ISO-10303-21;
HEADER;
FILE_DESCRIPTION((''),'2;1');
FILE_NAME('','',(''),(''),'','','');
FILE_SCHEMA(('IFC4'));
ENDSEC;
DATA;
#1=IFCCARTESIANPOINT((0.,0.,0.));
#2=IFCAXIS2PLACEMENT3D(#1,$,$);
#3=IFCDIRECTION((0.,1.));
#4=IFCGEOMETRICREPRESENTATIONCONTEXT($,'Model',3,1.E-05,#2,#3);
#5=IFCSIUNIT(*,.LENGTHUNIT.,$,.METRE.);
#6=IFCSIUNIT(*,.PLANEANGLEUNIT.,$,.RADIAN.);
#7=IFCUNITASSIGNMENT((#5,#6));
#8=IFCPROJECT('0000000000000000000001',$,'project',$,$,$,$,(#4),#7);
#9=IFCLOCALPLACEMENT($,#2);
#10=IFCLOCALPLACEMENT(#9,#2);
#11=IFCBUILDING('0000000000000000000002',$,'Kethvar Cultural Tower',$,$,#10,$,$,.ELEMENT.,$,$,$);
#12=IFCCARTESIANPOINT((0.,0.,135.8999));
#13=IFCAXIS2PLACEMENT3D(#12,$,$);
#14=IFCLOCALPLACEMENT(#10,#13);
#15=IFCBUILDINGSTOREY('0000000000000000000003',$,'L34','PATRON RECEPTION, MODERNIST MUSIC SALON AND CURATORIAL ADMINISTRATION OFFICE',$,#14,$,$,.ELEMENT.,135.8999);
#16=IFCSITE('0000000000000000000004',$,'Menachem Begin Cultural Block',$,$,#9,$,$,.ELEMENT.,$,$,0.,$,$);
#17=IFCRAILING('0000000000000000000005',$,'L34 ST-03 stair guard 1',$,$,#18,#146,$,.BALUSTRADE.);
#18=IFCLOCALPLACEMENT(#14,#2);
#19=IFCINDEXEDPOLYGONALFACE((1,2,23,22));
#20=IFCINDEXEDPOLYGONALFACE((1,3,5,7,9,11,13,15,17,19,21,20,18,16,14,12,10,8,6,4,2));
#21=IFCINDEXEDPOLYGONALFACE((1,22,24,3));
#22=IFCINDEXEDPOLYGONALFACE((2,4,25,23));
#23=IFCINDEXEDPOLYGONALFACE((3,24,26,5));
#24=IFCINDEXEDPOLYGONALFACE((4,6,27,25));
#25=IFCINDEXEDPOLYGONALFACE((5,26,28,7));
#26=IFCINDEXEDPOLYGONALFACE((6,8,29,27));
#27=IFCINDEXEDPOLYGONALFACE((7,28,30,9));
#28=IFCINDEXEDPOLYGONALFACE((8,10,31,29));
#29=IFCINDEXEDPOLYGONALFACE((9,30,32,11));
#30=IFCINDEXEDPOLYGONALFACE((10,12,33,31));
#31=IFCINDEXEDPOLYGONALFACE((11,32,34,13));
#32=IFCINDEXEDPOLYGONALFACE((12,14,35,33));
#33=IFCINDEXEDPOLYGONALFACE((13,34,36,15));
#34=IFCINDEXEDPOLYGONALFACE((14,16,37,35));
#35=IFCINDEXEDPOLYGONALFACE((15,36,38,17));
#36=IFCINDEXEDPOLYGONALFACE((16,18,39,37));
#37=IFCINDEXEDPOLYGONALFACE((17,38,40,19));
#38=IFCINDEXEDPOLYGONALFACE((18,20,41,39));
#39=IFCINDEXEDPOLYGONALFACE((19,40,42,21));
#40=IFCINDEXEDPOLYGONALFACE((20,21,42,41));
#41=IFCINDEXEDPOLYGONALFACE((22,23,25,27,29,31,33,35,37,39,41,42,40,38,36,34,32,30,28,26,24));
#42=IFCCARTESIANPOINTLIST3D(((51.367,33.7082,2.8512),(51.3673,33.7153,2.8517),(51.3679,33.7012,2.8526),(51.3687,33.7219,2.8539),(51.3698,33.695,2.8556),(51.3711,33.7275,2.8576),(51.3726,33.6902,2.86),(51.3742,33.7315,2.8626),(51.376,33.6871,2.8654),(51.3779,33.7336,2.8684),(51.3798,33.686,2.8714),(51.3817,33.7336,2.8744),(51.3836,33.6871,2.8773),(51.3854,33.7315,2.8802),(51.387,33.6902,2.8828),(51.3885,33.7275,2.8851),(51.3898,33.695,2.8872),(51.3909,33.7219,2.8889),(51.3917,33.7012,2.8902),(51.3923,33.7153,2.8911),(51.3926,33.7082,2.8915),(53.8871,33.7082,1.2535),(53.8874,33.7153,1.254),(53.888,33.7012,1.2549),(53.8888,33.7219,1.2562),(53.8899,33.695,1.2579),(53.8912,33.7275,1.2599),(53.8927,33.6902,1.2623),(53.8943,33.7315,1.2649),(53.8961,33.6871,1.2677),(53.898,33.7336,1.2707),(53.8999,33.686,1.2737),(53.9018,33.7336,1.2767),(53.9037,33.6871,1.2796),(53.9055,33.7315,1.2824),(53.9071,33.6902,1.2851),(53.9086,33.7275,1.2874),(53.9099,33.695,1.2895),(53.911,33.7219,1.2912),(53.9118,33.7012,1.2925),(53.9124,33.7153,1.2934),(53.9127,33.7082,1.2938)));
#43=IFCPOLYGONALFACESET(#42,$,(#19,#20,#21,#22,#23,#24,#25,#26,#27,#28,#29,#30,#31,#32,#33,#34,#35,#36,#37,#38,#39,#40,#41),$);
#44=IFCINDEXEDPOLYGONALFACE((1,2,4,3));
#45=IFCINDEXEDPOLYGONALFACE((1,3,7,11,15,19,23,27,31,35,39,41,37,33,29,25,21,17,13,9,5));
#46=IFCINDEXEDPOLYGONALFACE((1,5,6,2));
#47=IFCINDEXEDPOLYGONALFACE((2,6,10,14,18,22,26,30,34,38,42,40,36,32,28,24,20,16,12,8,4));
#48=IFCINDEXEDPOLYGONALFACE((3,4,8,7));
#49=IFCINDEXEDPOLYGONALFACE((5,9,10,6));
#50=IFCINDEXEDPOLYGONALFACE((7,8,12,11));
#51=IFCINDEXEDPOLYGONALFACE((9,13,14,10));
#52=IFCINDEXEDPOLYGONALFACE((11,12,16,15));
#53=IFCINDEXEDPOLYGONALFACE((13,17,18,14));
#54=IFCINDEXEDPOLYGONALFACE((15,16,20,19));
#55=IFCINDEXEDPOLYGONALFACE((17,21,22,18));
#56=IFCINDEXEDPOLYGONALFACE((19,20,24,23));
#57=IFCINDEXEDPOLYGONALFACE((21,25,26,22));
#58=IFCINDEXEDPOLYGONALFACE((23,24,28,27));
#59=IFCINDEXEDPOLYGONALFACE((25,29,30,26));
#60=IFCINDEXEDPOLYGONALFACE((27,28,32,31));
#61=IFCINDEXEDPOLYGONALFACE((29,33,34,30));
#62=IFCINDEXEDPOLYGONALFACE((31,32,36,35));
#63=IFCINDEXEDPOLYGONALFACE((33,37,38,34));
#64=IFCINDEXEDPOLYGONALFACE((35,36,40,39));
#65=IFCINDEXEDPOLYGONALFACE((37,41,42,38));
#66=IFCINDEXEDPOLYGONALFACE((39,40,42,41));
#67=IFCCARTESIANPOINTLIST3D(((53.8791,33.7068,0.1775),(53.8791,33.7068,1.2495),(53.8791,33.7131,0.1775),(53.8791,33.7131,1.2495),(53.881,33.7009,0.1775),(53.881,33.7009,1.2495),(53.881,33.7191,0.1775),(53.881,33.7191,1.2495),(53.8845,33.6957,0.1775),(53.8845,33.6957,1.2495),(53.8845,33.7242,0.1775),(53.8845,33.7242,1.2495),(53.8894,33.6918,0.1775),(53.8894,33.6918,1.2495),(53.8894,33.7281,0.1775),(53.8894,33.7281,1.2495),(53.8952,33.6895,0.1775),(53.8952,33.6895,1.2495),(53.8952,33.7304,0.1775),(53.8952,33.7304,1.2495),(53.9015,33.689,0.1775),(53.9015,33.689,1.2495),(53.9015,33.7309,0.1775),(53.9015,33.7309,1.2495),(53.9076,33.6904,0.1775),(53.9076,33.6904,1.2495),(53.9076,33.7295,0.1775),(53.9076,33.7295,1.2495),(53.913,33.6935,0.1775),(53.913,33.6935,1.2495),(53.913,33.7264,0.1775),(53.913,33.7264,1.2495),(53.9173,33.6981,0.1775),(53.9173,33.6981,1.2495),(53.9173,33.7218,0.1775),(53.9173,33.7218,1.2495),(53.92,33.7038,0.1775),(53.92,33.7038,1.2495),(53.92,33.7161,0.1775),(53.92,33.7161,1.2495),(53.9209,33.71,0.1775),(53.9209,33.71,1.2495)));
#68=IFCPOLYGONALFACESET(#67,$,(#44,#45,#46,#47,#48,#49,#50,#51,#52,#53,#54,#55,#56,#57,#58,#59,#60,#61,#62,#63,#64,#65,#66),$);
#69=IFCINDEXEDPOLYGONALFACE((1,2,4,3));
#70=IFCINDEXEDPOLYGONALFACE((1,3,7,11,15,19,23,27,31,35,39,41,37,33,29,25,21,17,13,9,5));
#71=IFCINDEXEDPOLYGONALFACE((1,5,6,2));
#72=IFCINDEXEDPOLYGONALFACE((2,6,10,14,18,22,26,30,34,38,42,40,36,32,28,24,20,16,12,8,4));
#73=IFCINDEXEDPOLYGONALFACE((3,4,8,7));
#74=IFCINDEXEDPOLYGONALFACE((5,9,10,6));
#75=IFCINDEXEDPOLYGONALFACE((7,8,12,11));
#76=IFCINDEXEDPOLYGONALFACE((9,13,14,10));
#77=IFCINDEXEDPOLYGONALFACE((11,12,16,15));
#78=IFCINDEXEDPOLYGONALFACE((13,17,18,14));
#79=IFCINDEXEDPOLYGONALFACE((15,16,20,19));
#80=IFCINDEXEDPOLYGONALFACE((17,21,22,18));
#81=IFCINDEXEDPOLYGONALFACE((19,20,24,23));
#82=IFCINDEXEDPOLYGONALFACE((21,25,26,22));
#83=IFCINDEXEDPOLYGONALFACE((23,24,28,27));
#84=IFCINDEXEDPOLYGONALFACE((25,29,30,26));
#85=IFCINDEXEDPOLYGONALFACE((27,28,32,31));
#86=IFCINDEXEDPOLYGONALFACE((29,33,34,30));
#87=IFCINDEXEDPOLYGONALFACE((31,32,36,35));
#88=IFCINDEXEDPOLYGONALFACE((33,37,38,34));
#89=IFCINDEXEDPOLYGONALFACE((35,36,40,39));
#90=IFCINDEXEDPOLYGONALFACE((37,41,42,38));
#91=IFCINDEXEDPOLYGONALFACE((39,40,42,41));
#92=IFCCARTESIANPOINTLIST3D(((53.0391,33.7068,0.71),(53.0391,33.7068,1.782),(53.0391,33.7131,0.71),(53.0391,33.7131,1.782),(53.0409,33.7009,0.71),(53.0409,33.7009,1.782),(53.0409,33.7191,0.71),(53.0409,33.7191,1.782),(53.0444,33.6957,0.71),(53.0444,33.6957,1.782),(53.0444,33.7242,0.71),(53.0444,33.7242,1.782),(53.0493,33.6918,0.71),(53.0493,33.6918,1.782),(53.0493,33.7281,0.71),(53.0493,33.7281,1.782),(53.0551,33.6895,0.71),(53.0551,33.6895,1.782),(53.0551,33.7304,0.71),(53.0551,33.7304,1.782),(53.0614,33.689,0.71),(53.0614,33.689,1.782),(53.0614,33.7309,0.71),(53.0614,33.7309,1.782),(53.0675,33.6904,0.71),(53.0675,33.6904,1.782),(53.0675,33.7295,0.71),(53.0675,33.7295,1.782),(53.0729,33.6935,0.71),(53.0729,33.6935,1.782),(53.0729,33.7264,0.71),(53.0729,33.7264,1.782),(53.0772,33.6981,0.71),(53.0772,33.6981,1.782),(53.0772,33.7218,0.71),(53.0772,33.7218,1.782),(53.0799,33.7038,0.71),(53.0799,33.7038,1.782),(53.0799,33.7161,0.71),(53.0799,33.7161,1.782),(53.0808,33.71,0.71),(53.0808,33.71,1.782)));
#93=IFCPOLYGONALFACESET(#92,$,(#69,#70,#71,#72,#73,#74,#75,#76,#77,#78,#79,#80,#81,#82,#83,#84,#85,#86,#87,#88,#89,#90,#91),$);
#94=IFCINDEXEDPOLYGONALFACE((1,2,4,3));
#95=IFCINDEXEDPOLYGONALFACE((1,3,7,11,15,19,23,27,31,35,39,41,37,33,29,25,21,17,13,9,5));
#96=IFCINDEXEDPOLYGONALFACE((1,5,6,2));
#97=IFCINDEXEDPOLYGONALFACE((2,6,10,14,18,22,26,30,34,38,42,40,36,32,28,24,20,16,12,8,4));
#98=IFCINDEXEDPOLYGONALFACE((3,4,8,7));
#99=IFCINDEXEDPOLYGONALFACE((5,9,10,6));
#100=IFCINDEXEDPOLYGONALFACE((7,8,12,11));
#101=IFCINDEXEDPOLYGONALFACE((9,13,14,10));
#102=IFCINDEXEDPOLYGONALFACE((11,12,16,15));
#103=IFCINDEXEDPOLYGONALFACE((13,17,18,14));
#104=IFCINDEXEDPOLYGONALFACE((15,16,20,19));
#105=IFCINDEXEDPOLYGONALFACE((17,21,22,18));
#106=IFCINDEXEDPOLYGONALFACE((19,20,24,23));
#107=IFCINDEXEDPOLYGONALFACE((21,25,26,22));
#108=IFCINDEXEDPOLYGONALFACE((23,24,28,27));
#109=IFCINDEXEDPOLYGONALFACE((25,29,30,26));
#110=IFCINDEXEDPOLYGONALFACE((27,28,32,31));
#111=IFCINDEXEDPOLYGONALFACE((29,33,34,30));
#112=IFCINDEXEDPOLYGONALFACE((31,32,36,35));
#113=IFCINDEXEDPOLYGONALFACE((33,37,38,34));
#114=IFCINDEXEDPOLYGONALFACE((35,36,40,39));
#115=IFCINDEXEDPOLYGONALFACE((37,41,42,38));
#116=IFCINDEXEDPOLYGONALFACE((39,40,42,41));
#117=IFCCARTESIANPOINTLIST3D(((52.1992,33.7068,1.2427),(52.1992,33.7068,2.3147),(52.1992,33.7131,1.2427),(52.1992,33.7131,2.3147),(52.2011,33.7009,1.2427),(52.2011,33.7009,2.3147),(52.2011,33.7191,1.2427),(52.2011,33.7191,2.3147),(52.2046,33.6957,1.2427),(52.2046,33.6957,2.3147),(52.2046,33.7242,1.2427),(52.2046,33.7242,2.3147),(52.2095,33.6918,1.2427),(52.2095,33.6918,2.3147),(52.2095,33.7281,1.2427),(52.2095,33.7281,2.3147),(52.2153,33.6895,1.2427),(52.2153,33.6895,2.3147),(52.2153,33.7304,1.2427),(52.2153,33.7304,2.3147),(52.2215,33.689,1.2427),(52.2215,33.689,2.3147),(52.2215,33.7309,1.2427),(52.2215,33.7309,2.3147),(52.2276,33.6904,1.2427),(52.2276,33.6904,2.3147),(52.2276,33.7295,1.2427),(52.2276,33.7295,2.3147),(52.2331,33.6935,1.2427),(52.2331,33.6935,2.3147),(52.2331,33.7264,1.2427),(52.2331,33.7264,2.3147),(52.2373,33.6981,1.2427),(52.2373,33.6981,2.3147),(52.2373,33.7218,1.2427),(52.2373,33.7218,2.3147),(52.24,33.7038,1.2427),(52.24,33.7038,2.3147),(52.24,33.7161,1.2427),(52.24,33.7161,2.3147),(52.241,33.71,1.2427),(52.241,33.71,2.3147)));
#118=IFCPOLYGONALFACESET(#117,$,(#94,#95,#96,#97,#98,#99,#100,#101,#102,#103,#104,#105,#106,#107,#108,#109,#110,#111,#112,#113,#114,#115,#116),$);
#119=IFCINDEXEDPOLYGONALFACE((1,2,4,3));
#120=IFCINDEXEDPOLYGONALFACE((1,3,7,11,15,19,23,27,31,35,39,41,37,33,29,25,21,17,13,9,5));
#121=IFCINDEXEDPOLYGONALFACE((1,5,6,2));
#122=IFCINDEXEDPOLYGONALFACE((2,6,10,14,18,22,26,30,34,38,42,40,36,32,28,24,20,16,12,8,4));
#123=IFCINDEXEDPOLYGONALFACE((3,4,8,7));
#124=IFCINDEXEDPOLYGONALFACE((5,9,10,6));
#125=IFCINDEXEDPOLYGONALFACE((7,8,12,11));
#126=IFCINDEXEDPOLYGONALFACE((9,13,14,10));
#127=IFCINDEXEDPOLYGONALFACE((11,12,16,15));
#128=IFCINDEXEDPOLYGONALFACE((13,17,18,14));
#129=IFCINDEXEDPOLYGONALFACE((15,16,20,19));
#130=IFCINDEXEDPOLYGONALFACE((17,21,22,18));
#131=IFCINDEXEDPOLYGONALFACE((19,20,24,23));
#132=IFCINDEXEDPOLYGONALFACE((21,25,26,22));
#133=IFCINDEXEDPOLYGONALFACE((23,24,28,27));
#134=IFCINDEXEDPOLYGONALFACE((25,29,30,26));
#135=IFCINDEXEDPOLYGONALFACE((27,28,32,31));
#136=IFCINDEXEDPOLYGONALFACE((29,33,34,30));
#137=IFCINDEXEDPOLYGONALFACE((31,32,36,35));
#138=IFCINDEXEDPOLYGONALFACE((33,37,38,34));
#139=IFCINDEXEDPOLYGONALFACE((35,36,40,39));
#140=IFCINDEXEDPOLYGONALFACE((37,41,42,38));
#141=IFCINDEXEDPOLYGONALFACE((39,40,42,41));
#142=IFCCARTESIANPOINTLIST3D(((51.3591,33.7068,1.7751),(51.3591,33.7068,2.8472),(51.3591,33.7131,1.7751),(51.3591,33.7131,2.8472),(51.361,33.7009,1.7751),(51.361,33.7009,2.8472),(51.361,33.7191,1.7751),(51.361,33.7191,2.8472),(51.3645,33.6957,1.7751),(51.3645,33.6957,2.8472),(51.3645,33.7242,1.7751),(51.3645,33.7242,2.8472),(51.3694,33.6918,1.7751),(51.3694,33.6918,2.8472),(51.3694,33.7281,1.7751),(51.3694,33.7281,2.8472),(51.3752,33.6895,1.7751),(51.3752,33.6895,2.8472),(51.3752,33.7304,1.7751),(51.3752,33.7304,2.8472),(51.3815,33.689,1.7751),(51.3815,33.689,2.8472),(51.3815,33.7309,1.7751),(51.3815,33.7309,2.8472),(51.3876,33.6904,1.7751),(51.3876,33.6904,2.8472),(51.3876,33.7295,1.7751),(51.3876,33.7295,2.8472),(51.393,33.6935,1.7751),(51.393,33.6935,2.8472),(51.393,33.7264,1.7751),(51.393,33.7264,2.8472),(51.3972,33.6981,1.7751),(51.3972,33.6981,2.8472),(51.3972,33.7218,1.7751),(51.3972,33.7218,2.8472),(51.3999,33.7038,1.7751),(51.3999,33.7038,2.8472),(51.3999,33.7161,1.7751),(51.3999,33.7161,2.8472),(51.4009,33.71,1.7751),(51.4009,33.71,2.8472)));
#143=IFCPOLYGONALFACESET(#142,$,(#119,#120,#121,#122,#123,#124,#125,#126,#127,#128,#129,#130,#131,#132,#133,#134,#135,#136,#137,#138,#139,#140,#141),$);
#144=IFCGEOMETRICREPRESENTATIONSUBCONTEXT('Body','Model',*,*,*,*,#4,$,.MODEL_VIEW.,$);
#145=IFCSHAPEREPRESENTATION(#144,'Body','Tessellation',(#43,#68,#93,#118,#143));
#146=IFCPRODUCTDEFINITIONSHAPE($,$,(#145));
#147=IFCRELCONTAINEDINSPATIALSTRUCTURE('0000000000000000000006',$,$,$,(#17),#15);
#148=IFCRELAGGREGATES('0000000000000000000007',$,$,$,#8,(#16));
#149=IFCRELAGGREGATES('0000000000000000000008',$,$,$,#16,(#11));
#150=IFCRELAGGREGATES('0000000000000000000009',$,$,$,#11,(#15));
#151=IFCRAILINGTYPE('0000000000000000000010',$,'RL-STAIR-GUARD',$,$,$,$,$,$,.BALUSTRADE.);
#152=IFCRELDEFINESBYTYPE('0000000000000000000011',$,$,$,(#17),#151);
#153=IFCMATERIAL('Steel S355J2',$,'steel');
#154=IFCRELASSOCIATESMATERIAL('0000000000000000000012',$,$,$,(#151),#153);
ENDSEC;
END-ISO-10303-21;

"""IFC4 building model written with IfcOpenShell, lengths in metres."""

from ifc_helpers import new_model, si_unit, direction, frame, origin, origin_2d, place, context, subcontext, project, spatial, circle, extrude, material, type_object, element, save


model = new_model("IFC4")

# Units and contexts
model_context = context("Model", 3, precision=1e-05, world=origin(), true_north=direction((0.0, 1.0)))
body_context = subcontext(model_context, "Body", "Model", "MODEL_VIEW")
ifc_project = project(units=[si_unit("LENGTHUNIT", "METRE"), si_unit("PLANEANGLEUNIT", "RADIAN")], contexts=[model_context])

# Site, building, storey
site_placement = place(None, origin())
site = spatial("IfcSite", under=ifc_project, at=site_placement, Name="Menachem Begin Cultural Block", CompositionType="ELEMENT", RefElevation=0.0)
building_placement = place(site_placement, origin())
building = spatial("IfcBuilding", under=site, at=building_placement, Name="Kethvar Cultural Tower", CompositionType="ELEMENT")
storey_placement = place(building_placement, frame((0.0, 0.0, 135.8999)))
storey = spatial("IfcBuildingStorey", under=building, at=storey_placement, Name="L34", Description="PATRON RECEPTION, MODERNIST MUSIC SALON AND CURATORIAL ADMINISTRATION OFFICE", CompositionType="ELEMENT", Elevation=135.8999)

# Shared definitions
ifc_material_1 = material(Name="Steel S355J2", Category="steel")

# Railing
railing_type_1 = type_object("IfcRailingType", Name="RL-STAIR-GUARD", PredefinedType="BALUSTRADE", material=ifc_material_1)
railing_1_placement = place(storey_placement, frame((53.8999, 33.71, 0.1775)))
element("IfcRailing", 1, at=railing_1_placement, inside=storey, type_object=railing_type_1, Name="L34 ST-03 stair guard 1", PredefinedType="BALUSTRADE", context=body_context, shape_type="SweptSolid", body=[
    extrude(circle(Radius=0.0239, at=origin_2d()), frame((0.0, 0.0, 1.0962), z_axis=(-0.84457, 0.0, 0.535445), x_axis=(0.0, -1.0, 0.0)), (0.0, 0.0, 1.0), 2.9839),
    extrude(circle(Radius=0.021, at=origin_2d()), origin(), (0.0, 0.0, 1.0), 1.072),
    extrude(circle(Radius=0.021, at=origin_2d()), frame((-0.8401, 0.0, 0.5325)), (0.0, 0.0, 1.0), 1.072),
    extrude(circle(Radius=0.021, at=origin_2d()), frame((-1.6799, 0.0, 1.0652)), (0.0, 0.0, 1.0), 1.072),
    extrude(circle(Radius=0.021, at=origin_2d()), frame((-2.52, 0.0, 1.5977)), (0.0, 0.0, 1.0), 1.072),
])

save(model, "model.ifc")
